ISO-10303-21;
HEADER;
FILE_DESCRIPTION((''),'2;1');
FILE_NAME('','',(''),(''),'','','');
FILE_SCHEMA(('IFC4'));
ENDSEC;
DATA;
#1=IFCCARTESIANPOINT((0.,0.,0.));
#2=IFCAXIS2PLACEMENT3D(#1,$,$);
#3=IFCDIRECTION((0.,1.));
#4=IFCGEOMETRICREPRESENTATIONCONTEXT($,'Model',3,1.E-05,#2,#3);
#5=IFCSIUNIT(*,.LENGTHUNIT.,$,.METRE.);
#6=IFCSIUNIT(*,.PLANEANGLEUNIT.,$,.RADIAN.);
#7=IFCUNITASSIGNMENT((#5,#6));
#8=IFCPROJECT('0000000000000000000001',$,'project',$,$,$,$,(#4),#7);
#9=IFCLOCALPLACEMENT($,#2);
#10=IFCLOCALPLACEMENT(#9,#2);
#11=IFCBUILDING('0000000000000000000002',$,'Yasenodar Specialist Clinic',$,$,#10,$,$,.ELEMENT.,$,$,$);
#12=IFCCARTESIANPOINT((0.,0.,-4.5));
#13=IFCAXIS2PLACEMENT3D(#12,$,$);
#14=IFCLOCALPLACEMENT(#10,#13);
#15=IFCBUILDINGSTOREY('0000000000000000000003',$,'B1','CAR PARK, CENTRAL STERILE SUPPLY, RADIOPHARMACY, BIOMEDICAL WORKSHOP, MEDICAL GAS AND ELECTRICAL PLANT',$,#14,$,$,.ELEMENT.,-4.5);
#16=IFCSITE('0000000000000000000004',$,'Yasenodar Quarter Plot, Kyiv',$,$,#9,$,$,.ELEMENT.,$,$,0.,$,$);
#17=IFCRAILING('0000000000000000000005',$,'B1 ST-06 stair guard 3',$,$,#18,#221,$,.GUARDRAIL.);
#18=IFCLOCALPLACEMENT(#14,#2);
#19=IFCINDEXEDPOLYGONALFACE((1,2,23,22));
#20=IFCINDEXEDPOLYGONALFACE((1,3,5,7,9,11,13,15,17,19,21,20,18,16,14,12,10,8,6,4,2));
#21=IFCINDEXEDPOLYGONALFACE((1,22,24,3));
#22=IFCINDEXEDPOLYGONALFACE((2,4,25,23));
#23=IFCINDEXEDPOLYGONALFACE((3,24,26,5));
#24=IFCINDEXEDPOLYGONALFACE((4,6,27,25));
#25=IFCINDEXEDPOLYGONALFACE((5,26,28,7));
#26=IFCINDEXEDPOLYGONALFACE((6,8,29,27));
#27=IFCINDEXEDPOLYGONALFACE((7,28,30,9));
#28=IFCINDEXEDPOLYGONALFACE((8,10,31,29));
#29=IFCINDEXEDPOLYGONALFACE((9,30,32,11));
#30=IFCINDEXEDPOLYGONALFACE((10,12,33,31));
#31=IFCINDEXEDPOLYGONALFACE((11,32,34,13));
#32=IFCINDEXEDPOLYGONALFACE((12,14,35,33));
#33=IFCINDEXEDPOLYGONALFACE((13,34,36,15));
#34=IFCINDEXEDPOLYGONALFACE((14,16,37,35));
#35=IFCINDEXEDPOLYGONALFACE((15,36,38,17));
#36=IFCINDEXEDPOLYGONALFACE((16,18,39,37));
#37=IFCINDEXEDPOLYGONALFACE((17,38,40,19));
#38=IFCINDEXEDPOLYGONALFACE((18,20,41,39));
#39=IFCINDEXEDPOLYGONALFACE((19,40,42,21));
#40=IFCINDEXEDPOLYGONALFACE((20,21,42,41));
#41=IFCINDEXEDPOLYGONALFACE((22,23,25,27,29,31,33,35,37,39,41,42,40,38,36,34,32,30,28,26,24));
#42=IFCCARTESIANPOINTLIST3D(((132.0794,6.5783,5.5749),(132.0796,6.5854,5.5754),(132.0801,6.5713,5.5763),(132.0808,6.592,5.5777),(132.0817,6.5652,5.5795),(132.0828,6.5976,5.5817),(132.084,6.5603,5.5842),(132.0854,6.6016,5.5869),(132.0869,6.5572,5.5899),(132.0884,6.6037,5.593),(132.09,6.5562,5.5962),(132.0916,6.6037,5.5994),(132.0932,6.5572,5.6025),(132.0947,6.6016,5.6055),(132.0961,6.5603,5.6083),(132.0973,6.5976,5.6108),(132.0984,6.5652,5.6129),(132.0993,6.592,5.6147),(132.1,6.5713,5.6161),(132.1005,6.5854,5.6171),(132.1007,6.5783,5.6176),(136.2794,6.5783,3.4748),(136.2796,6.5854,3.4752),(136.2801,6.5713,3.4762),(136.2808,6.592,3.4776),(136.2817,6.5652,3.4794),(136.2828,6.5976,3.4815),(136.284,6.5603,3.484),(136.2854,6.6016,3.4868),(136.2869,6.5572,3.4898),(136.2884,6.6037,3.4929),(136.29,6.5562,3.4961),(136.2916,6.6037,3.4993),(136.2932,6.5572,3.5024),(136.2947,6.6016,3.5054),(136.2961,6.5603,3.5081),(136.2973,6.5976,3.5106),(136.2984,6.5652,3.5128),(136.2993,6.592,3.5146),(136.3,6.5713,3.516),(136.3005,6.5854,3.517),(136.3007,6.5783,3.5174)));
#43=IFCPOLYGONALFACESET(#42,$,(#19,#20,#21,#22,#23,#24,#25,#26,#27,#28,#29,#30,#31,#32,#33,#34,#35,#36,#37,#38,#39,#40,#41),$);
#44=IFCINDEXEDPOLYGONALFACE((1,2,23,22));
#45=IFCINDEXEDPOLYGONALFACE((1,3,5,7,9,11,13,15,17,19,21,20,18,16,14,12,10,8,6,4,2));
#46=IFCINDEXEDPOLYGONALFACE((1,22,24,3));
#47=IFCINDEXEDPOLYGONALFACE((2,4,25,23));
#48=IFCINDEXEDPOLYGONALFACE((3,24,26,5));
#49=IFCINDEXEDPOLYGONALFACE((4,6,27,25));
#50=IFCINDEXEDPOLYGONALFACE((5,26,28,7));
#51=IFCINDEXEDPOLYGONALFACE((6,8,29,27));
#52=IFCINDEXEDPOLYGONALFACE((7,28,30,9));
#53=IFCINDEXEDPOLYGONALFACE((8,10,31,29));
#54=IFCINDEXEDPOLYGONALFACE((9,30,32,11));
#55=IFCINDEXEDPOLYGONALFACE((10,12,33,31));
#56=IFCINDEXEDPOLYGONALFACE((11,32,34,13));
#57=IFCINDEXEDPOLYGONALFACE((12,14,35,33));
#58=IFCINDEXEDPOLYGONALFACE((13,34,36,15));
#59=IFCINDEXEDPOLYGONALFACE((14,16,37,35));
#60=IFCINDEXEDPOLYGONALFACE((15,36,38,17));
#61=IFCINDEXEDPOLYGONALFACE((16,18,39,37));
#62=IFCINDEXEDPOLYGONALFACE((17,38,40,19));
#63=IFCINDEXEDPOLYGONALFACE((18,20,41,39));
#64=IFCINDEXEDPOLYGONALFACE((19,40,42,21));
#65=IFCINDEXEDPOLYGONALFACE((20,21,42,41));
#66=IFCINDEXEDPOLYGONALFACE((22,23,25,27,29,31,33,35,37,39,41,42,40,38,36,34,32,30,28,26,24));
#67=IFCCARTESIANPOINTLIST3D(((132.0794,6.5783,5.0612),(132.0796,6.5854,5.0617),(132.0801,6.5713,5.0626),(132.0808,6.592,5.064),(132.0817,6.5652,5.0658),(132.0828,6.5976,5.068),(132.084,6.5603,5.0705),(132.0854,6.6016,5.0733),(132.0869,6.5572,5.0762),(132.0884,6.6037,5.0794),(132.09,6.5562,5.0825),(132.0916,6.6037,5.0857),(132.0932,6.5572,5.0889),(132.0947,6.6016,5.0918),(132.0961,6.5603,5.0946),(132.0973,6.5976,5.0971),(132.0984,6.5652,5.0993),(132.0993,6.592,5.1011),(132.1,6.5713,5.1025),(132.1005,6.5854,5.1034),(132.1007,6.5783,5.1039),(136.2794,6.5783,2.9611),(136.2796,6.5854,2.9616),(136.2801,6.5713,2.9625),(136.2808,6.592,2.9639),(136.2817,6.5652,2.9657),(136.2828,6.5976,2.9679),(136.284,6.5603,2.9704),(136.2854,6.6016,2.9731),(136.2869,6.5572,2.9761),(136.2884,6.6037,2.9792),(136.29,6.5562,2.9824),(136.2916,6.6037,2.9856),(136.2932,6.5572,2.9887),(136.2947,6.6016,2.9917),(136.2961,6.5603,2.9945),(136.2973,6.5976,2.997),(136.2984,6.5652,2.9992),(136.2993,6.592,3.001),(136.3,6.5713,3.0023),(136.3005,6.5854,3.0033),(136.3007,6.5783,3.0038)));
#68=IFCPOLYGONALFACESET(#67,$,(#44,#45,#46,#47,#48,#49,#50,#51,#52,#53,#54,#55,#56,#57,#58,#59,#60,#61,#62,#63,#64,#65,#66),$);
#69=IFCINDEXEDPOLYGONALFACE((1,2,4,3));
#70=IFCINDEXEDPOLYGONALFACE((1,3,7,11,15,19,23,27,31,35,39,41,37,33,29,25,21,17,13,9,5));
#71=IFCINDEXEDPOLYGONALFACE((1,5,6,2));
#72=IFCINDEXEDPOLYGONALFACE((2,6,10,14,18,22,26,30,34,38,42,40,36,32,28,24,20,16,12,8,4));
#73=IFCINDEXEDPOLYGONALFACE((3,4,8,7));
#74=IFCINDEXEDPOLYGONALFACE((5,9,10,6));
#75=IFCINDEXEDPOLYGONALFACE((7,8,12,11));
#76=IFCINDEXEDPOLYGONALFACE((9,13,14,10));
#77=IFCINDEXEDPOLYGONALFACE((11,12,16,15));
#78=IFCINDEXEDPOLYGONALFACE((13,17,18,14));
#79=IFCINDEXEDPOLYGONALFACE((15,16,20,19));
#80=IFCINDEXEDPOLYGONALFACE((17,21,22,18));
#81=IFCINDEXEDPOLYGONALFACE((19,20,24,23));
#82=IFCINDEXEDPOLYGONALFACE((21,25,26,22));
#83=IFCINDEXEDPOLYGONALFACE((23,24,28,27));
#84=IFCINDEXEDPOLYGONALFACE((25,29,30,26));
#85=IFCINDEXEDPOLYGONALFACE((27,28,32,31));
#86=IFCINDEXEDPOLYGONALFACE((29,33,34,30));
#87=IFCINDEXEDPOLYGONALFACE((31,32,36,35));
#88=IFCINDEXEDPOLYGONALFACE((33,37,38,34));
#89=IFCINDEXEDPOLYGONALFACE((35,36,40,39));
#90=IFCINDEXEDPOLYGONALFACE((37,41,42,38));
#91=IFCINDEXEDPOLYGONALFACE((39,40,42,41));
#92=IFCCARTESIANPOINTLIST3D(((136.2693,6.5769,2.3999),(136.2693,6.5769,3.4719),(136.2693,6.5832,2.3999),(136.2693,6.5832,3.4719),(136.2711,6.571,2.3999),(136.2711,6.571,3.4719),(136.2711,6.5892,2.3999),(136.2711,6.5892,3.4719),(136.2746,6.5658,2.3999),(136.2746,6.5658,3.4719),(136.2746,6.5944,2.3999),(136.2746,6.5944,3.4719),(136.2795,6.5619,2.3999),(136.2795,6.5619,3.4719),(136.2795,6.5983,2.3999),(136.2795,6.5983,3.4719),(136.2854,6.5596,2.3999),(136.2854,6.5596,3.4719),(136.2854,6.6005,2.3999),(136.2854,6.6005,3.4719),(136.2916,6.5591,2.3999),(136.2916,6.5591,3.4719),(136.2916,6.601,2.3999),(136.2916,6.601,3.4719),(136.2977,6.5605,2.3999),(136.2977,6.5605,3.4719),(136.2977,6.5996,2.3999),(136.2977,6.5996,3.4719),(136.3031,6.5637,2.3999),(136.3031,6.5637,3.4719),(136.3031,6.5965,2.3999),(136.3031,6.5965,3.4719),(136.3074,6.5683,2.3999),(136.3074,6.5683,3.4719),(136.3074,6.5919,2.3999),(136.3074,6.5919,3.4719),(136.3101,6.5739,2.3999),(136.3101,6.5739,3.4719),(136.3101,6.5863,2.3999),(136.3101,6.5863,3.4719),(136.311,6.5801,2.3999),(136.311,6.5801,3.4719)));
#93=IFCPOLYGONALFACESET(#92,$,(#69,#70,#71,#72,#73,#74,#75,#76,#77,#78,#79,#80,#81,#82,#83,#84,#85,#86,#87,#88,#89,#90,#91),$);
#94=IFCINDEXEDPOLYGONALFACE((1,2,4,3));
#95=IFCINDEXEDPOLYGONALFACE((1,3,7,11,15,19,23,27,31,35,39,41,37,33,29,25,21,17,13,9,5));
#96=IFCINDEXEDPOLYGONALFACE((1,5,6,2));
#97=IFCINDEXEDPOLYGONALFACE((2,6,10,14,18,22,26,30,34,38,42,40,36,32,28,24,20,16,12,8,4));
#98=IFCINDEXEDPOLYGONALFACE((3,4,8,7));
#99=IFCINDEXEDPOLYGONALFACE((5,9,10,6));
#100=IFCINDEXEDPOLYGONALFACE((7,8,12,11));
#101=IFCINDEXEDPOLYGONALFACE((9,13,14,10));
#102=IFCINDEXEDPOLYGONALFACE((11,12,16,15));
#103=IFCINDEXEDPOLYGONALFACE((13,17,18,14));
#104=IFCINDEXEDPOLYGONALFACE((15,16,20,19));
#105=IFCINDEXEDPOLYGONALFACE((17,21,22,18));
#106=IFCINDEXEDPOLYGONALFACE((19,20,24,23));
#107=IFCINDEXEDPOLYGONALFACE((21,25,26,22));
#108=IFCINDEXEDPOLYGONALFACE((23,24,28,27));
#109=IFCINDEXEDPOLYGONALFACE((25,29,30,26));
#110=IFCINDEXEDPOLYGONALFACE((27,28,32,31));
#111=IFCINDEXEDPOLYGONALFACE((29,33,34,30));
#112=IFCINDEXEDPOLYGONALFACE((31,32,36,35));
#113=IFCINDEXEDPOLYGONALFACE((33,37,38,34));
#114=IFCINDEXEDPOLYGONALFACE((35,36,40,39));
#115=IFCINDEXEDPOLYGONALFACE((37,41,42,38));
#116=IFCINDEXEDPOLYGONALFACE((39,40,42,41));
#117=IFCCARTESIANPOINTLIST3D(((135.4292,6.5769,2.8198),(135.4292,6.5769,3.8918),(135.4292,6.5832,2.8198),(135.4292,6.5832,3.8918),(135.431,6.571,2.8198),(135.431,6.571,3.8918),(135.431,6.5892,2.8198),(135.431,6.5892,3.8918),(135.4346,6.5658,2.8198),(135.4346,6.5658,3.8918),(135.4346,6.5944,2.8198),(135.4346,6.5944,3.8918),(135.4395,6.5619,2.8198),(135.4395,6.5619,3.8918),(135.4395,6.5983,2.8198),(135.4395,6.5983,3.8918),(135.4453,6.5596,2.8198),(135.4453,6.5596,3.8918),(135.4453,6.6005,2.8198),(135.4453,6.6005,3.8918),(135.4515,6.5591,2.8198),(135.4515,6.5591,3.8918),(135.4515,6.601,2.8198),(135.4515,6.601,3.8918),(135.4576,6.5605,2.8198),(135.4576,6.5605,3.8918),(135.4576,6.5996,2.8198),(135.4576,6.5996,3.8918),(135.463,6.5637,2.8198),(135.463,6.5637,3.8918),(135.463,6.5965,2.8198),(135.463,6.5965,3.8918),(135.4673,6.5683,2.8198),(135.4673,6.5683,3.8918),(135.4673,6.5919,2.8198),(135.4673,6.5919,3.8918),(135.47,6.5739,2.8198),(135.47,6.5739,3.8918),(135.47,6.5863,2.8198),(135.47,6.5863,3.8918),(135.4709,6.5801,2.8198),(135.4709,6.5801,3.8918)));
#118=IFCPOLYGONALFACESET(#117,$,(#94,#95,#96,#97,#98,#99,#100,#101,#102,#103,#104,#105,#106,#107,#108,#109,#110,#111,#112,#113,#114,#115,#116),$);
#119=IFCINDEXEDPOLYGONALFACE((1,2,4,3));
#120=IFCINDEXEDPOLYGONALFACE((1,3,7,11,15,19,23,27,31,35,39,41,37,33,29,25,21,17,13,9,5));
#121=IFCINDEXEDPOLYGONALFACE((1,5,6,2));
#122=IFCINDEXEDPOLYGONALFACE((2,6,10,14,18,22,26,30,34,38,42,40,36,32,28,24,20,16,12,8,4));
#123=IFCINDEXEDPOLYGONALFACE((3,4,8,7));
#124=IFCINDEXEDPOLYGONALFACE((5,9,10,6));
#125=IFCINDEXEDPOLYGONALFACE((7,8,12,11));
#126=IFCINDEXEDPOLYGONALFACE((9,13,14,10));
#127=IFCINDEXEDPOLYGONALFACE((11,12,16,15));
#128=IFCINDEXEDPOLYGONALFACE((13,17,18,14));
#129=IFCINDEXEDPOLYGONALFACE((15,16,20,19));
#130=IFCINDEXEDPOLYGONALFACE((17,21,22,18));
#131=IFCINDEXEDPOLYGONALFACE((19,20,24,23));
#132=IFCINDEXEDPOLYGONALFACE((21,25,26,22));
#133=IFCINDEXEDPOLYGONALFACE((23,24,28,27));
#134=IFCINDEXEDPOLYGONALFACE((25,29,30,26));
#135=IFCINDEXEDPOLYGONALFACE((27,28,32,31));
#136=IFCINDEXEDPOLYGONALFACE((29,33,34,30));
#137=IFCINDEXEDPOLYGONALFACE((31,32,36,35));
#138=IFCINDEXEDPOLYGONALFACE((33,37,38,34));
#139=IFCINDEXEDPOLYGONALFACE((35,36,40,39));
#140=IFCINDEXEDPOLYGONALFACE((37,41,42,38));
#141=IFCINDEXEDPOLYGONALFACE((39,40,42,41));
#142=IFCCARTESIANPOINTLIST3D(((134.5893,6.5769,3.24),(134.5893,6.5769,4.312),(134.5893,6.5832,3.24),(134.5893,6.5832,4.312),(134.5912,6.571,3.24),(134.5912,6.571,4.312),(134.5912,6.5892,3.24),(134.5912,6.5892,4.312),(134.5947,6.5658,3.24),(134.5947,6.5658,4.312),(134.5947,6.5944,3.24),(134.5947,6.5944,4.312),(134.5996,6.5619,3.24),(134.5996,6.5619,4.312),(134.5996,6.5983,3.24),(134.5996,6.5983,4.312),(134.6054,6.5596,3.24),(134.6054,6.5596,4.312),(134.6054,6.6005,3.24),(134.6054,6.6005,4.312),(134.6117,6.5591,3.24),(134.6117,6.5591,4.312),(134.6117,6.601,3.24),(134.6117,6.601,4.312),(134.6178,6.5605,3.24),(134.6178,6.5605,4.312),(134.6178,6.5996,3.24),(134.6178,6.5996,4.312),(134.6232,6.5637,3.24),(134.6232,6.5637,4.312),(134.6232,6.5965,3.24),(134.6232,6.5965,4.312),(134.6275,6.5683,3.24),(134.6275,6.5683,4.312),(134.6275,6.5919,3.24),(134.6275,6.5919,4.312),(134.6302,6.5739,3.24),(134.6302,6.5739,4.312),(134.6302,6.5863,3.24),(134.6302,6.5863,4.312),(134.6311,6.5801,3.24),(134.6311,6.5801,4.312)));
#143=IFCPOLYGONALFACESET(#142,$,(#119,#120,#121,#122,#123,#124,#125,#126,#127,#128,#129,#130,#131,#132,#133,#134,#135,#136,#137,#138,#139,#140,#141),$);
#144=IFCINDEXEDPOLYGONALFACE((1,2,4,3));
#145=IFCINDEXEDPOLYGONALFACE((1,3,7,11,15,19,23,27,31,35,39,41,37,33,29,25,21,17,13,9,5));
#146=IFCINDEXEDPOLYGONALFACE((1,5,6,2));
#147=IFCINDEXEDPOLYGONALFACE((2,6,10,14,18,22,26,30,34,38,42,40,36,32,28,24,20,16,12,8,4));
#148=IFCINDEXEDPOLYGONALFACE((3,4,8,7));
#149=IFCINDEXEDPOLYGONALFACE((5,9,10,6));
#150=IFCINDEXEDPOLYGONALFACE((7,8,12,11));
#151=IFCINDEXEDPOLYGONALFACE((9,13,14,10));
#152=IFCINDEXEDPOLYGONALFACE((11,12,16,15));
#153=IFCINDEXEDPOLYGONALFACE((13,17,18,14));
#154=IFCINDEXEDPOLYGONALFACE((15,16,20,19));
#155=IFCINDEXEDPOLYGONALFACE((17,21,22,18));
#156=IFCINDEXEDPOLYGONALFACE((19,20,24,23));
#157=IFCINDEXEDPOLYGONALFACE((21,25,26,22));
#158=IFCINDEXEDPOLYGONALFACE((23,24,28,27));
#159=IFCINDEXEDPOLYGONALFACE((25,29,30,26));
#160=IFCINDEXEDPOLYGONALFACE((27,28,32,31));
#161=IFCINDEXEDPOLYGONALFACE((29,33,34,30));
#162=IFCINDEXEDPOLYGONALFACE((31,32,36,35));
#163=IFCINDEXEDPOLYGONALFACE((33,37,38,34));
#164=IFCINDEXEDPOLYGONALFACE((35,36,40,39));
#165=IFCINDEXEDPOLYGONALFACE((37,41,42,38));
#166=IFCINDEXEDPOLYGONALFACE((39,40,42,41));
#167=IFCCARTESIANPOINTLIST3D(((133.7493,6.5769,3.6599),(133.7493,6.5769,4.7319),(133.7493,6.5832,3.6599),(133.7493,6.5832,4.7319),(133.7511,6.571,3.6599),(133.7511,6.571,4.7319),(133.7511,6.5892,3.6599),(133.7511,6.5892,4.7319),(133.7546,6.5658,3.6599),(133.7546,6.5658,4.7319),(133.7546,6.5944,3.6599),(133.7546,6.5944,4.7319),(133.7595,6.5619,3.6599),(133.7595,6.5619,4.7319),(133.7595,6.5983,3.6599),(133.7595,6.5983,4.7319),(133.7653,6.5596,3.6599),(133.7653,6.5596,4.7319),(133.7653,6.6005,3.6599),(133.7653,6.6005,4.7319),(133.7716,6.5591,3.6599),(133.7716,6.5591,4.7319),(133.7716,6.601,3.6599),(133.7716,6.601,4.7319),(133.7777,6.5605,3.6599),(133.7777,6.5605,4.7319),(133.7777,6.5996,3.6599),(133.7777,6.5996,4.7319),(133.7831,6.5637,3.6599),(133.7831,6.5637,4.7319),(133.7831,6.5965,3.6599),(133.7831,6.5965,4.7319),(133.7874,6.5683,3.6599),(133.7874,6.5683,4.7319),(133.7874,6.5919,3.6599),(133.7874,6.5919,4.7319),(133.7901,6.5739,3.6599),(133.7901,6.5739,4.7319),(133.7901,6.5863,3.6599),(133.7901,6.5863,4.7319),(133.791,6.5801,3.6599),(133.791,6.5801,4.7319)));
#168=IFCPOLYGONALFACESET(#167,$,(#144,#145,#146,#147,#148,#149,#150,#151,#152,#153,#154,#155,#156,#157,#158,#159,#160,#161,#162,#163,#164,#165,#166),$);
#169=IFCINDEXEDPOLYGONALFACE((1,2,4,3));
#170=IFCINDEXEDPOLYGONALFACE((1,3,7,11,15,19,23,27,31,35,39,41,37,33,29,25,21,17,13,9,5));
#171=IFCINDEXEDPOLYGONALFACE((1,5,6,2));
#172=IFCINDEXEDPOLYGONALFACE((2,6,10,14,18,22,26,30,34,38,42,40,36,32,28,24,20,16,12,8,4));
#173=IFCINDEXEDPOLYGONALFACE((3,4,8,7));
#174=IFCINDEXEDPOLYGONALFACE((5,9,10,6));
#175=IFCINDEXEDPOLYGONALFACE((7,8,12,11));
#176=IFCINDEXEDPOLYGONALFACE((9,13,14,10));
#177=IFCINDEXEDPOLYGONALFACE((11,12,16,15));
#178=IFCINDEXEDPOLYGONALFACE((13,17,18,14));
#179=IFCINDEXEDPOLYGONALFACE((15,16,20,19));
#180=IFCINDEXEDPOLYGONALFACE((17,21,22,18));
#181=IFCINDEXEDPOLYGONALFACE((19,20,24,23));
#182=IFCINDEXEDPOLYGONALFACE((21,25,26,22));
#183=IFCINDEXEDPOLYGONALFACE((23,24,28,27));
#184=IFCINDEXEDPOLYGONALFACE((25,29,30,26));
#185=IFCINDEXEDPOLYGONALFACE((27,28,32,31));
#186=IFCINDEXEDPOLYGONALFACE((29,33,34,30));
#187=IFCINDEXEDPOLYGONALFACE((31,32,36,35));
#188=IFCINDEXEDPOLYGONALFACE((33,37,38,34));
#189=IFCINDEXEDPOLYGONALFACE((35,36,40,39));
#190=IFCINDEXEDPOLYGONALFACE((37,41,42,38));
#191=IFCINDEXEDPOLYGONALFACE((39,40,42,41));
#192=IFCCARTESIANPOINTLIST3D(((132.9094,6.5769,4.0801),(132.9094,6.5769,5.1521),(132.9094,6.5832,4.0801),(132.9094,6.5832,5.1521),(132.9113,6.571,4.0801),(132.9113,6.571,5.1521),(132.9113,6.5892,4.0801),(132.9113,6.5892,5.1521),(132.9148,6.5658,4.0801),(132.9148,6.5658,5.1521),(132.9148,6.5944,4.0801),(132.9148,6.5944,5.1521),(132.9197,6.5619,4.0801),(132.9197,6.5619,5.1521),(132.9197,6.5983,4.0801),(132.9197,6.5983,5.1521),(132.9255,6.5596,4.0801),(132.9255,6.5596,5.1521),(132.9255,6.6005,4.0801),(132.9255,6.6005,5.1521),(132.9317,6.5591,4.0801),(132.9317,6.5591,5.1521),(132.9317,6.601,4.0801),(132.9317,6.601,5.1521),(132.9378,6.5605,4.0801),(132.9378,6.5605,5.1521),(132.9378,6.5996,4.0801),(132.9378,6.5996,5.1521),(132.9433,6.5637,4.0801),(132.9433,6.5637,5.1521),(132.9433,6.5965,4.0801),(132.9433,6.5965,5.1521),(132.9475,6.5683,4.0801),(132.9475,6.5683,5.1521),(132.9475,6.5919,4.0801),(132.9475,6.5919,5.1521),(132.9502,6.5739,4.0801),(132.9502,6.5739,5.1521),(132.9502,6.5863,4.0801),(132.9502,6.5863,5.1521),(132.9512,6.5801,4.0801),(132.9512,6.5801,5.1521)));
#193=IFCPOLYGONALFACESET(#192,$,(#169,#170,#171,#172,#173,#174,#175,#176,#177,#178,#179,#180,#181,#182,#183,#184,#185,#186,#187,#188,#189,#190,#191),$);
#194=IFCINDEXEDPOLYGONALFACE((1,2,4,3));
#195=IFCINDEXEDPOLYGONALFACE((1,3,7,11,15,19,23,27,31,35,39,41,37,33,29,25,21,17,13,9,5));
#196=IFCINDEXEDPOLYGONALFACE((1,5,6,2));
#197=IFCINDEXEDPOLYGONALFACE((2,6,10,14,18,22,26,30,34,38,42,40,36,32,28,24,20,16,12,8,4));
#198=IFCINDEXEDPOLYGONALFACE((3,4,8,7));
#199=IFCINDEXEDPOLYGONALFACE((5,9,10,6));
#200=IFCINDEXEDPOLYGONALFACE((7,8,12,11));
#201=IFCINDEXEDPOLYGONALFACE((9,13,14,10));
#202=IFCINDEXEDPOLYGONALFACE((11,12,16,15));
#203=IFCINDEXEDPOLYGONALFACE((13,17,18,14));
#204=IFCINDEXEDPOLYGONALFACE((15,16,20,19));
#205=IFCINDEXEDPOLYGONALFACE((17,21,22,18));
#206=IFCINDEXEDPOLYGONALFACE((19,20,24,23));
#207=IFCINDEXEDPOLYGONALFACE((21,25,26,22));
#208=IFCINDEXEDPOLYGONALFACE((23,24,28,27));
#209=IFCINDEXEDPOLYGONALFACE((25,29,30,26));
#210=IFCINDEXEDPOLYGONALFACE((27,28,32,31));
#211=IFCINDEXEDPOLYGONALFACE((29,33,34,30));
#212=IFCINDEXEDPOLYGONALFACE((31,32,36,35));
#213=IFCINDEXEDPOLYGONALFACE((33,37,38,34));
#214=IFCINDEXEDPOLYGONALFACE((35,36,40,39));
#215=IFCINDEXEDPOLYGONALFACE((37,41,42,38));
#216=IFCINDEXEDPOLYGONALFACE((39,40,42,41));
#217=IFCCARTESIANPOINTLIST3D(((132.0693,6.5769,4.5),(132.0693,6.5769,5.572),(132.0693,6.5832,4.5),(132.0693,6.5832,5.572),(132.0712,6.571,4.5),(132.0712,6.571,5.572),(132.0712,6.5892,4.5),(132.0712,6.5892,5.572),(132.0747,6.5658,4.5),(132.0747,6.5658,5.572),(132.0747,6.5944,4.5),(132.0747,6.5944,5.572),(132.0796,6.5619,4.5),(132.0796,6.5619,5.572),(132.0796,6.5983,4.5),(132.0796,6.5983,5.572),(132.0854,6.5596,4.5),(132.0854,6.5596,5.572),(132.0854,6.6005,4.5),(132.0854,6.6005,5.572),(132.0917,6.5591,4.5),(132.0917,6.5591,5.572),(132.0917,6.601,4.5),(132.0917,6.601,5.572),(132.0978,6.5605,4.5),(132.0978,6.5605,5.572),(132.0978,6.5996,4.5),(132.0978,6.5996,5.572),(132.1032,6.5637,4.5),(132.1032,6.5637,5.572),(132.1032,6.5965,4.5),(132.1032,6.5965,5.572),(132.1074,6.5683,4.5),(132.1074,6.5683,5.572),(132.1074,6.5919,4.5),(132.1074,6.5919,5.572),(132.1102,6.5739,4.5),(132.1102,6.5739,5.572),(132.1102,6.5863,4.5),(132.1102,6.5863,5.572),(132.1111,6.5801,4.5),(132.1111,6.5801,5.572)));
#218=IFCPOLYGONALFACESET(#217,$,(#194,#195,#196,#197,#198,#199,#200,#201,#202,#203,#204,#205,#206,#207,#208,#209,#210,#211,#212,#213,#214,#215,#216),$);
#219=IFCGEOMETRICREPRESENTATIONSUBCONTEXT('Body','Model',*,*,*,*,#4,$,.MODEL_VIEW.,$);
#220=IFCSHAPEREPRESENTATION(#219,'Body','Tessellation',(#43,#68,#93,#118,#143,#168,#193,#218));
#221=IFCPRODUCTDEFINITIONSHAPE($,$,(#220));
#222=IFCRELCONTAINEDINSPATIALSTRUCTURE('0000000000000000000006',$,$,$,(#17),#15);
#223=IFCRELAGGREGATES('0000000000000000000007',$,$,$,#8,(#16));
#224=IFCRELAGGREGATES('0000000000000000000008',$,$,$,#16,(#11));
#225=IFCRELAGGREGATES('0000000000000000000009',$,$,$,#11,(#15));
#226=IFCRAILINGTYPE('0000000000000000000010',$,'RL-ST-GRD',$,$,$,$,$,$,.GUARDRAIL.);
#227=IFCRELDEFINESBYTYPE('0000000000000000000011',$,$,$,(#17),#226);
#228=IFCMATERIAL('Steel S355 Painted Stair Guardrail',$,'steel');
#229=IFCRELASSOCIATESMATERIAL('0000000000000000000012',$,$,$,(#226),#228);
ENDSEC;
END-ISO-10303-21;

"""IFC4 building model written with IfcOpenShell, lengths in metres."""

from ifc_helpers import new_model, si_unit, direction, frame, origin, origin_2d, place, context, subcontext, project, spatial, circle, extrude, material, type_object, element, save


model = new_model("IFC4")

# Units and contexts
model_context = context("Model", 3, precision=1e-05, world=origin(), true_north=direction((0.0, 1.0)))
body_context = subcontext(model_context, "Body", "Model", "MODEL_VIEW")
ifc_project = project(units=[si_unit("LENGTHUNIT", "METRE"), si_unit("PLANEANGLEUNIT", "RADIAN")], contexts=[model_context])

# Site, building, storey
site_placement = place(None, origin())
site = spatial("IfcSite", under=ifc_project, at=site_placement, Name="Yasenodar Quarter Plot, Kyiv", CompositionType="ELEMENT", RefElevation=0.0)
building_placement = place(site_placement, origin())
building = spatial("IfcBuilding", under=site, at=building_placement, Name="Yasenodar Specialist Clinic", CompositionType="ELEMENT")
storey_placement = place(building_placement, frame((0.0, 0.0, -4.5)))
storey = spatial("IfcBuildingStorey", under=building, at=storey_placement, Name="B1", Description="CAR PARK, CENTRAL STERILE SUPPLY, RADIOPHARMACY, BIOMEDICAL WORKSHOP, MEDICAL GAS AND ELECTRICAL PLANT", CompositionType="ELEMENT", Elevation=-4.5)

# Railing
ifc_material_1 = material(Name="Steel S355 Painted Stair Guardrail", Category="steel")
railing_type_1 = type_object("IfcRailingType", Name="RL-ST-GRD", PredefinedType="GUARDRAIL", material=ifc_material_1)
railing_1_placement = place(storey_placement, frame((136.29, 6.5801, 2.3999)))
element("IfcRailing", 1, at=railing_1_placement, inside=storey, type_object=railing_type_1, Name="B1 ST-06 stair guard 3", PredefinedType="GUARDRAIL", context=body_context, shape_type="SweptSolid", body=[
    extrude(circle(Radius=0.0239, at=origin_2d()), frame((0.0, 0.0, 1.0962), z_axis=(-0.894417, 0.0, 0.447234), x_axis=(0.0, -1.0, 0.0)), (0.0, 0.0, 1.0), 4.6958),
    extrude(circle(Radius=0.0239, at=origin_2d()), frame((0.0, 0.0, 0.5825), z_axis=(-0.894417, 0.0, 0.447234), x_axis=(0.0, -1.0, 0.0)), (0.0, 0.0, 1.0), 4.6958),
    extrude(circle(Radius=0.021, at=origin_2d()), origin(), (0.0, 0.0, 1.0), 1.072),
    extrude(circle(Radius=0.021, at=origin_2d()), frame((-0.8401, 0.0, 0.4199)), (0.0, 0.0, 1.0), 1.072),
    extrude(circle(Radius=0.021, at=origin_2d()), frame((-1.6799, 0.0, 0.8401)), (0.0, 0.0, 1.0), 1.072),
    extrude(circle(Radius=0.021, at=origin_2d()), frame((-2.52, 0.0, 1.26)), (0.0, 0.0, 1.0), 1.072),
    extrude(circle(Radius=0.021, at=origin_2d()), frame((-3.3599, 0.0, 1.6802)), (0.0, 0.0, 1.0), 1.072),
    extrude(circle(Radius=0.021, at=origin_2d()), frame((-4.2, 0.0, 2.1001)), (0.0, 0.0, 1.0), 1.072),
])

save(model, "model.ifc")
